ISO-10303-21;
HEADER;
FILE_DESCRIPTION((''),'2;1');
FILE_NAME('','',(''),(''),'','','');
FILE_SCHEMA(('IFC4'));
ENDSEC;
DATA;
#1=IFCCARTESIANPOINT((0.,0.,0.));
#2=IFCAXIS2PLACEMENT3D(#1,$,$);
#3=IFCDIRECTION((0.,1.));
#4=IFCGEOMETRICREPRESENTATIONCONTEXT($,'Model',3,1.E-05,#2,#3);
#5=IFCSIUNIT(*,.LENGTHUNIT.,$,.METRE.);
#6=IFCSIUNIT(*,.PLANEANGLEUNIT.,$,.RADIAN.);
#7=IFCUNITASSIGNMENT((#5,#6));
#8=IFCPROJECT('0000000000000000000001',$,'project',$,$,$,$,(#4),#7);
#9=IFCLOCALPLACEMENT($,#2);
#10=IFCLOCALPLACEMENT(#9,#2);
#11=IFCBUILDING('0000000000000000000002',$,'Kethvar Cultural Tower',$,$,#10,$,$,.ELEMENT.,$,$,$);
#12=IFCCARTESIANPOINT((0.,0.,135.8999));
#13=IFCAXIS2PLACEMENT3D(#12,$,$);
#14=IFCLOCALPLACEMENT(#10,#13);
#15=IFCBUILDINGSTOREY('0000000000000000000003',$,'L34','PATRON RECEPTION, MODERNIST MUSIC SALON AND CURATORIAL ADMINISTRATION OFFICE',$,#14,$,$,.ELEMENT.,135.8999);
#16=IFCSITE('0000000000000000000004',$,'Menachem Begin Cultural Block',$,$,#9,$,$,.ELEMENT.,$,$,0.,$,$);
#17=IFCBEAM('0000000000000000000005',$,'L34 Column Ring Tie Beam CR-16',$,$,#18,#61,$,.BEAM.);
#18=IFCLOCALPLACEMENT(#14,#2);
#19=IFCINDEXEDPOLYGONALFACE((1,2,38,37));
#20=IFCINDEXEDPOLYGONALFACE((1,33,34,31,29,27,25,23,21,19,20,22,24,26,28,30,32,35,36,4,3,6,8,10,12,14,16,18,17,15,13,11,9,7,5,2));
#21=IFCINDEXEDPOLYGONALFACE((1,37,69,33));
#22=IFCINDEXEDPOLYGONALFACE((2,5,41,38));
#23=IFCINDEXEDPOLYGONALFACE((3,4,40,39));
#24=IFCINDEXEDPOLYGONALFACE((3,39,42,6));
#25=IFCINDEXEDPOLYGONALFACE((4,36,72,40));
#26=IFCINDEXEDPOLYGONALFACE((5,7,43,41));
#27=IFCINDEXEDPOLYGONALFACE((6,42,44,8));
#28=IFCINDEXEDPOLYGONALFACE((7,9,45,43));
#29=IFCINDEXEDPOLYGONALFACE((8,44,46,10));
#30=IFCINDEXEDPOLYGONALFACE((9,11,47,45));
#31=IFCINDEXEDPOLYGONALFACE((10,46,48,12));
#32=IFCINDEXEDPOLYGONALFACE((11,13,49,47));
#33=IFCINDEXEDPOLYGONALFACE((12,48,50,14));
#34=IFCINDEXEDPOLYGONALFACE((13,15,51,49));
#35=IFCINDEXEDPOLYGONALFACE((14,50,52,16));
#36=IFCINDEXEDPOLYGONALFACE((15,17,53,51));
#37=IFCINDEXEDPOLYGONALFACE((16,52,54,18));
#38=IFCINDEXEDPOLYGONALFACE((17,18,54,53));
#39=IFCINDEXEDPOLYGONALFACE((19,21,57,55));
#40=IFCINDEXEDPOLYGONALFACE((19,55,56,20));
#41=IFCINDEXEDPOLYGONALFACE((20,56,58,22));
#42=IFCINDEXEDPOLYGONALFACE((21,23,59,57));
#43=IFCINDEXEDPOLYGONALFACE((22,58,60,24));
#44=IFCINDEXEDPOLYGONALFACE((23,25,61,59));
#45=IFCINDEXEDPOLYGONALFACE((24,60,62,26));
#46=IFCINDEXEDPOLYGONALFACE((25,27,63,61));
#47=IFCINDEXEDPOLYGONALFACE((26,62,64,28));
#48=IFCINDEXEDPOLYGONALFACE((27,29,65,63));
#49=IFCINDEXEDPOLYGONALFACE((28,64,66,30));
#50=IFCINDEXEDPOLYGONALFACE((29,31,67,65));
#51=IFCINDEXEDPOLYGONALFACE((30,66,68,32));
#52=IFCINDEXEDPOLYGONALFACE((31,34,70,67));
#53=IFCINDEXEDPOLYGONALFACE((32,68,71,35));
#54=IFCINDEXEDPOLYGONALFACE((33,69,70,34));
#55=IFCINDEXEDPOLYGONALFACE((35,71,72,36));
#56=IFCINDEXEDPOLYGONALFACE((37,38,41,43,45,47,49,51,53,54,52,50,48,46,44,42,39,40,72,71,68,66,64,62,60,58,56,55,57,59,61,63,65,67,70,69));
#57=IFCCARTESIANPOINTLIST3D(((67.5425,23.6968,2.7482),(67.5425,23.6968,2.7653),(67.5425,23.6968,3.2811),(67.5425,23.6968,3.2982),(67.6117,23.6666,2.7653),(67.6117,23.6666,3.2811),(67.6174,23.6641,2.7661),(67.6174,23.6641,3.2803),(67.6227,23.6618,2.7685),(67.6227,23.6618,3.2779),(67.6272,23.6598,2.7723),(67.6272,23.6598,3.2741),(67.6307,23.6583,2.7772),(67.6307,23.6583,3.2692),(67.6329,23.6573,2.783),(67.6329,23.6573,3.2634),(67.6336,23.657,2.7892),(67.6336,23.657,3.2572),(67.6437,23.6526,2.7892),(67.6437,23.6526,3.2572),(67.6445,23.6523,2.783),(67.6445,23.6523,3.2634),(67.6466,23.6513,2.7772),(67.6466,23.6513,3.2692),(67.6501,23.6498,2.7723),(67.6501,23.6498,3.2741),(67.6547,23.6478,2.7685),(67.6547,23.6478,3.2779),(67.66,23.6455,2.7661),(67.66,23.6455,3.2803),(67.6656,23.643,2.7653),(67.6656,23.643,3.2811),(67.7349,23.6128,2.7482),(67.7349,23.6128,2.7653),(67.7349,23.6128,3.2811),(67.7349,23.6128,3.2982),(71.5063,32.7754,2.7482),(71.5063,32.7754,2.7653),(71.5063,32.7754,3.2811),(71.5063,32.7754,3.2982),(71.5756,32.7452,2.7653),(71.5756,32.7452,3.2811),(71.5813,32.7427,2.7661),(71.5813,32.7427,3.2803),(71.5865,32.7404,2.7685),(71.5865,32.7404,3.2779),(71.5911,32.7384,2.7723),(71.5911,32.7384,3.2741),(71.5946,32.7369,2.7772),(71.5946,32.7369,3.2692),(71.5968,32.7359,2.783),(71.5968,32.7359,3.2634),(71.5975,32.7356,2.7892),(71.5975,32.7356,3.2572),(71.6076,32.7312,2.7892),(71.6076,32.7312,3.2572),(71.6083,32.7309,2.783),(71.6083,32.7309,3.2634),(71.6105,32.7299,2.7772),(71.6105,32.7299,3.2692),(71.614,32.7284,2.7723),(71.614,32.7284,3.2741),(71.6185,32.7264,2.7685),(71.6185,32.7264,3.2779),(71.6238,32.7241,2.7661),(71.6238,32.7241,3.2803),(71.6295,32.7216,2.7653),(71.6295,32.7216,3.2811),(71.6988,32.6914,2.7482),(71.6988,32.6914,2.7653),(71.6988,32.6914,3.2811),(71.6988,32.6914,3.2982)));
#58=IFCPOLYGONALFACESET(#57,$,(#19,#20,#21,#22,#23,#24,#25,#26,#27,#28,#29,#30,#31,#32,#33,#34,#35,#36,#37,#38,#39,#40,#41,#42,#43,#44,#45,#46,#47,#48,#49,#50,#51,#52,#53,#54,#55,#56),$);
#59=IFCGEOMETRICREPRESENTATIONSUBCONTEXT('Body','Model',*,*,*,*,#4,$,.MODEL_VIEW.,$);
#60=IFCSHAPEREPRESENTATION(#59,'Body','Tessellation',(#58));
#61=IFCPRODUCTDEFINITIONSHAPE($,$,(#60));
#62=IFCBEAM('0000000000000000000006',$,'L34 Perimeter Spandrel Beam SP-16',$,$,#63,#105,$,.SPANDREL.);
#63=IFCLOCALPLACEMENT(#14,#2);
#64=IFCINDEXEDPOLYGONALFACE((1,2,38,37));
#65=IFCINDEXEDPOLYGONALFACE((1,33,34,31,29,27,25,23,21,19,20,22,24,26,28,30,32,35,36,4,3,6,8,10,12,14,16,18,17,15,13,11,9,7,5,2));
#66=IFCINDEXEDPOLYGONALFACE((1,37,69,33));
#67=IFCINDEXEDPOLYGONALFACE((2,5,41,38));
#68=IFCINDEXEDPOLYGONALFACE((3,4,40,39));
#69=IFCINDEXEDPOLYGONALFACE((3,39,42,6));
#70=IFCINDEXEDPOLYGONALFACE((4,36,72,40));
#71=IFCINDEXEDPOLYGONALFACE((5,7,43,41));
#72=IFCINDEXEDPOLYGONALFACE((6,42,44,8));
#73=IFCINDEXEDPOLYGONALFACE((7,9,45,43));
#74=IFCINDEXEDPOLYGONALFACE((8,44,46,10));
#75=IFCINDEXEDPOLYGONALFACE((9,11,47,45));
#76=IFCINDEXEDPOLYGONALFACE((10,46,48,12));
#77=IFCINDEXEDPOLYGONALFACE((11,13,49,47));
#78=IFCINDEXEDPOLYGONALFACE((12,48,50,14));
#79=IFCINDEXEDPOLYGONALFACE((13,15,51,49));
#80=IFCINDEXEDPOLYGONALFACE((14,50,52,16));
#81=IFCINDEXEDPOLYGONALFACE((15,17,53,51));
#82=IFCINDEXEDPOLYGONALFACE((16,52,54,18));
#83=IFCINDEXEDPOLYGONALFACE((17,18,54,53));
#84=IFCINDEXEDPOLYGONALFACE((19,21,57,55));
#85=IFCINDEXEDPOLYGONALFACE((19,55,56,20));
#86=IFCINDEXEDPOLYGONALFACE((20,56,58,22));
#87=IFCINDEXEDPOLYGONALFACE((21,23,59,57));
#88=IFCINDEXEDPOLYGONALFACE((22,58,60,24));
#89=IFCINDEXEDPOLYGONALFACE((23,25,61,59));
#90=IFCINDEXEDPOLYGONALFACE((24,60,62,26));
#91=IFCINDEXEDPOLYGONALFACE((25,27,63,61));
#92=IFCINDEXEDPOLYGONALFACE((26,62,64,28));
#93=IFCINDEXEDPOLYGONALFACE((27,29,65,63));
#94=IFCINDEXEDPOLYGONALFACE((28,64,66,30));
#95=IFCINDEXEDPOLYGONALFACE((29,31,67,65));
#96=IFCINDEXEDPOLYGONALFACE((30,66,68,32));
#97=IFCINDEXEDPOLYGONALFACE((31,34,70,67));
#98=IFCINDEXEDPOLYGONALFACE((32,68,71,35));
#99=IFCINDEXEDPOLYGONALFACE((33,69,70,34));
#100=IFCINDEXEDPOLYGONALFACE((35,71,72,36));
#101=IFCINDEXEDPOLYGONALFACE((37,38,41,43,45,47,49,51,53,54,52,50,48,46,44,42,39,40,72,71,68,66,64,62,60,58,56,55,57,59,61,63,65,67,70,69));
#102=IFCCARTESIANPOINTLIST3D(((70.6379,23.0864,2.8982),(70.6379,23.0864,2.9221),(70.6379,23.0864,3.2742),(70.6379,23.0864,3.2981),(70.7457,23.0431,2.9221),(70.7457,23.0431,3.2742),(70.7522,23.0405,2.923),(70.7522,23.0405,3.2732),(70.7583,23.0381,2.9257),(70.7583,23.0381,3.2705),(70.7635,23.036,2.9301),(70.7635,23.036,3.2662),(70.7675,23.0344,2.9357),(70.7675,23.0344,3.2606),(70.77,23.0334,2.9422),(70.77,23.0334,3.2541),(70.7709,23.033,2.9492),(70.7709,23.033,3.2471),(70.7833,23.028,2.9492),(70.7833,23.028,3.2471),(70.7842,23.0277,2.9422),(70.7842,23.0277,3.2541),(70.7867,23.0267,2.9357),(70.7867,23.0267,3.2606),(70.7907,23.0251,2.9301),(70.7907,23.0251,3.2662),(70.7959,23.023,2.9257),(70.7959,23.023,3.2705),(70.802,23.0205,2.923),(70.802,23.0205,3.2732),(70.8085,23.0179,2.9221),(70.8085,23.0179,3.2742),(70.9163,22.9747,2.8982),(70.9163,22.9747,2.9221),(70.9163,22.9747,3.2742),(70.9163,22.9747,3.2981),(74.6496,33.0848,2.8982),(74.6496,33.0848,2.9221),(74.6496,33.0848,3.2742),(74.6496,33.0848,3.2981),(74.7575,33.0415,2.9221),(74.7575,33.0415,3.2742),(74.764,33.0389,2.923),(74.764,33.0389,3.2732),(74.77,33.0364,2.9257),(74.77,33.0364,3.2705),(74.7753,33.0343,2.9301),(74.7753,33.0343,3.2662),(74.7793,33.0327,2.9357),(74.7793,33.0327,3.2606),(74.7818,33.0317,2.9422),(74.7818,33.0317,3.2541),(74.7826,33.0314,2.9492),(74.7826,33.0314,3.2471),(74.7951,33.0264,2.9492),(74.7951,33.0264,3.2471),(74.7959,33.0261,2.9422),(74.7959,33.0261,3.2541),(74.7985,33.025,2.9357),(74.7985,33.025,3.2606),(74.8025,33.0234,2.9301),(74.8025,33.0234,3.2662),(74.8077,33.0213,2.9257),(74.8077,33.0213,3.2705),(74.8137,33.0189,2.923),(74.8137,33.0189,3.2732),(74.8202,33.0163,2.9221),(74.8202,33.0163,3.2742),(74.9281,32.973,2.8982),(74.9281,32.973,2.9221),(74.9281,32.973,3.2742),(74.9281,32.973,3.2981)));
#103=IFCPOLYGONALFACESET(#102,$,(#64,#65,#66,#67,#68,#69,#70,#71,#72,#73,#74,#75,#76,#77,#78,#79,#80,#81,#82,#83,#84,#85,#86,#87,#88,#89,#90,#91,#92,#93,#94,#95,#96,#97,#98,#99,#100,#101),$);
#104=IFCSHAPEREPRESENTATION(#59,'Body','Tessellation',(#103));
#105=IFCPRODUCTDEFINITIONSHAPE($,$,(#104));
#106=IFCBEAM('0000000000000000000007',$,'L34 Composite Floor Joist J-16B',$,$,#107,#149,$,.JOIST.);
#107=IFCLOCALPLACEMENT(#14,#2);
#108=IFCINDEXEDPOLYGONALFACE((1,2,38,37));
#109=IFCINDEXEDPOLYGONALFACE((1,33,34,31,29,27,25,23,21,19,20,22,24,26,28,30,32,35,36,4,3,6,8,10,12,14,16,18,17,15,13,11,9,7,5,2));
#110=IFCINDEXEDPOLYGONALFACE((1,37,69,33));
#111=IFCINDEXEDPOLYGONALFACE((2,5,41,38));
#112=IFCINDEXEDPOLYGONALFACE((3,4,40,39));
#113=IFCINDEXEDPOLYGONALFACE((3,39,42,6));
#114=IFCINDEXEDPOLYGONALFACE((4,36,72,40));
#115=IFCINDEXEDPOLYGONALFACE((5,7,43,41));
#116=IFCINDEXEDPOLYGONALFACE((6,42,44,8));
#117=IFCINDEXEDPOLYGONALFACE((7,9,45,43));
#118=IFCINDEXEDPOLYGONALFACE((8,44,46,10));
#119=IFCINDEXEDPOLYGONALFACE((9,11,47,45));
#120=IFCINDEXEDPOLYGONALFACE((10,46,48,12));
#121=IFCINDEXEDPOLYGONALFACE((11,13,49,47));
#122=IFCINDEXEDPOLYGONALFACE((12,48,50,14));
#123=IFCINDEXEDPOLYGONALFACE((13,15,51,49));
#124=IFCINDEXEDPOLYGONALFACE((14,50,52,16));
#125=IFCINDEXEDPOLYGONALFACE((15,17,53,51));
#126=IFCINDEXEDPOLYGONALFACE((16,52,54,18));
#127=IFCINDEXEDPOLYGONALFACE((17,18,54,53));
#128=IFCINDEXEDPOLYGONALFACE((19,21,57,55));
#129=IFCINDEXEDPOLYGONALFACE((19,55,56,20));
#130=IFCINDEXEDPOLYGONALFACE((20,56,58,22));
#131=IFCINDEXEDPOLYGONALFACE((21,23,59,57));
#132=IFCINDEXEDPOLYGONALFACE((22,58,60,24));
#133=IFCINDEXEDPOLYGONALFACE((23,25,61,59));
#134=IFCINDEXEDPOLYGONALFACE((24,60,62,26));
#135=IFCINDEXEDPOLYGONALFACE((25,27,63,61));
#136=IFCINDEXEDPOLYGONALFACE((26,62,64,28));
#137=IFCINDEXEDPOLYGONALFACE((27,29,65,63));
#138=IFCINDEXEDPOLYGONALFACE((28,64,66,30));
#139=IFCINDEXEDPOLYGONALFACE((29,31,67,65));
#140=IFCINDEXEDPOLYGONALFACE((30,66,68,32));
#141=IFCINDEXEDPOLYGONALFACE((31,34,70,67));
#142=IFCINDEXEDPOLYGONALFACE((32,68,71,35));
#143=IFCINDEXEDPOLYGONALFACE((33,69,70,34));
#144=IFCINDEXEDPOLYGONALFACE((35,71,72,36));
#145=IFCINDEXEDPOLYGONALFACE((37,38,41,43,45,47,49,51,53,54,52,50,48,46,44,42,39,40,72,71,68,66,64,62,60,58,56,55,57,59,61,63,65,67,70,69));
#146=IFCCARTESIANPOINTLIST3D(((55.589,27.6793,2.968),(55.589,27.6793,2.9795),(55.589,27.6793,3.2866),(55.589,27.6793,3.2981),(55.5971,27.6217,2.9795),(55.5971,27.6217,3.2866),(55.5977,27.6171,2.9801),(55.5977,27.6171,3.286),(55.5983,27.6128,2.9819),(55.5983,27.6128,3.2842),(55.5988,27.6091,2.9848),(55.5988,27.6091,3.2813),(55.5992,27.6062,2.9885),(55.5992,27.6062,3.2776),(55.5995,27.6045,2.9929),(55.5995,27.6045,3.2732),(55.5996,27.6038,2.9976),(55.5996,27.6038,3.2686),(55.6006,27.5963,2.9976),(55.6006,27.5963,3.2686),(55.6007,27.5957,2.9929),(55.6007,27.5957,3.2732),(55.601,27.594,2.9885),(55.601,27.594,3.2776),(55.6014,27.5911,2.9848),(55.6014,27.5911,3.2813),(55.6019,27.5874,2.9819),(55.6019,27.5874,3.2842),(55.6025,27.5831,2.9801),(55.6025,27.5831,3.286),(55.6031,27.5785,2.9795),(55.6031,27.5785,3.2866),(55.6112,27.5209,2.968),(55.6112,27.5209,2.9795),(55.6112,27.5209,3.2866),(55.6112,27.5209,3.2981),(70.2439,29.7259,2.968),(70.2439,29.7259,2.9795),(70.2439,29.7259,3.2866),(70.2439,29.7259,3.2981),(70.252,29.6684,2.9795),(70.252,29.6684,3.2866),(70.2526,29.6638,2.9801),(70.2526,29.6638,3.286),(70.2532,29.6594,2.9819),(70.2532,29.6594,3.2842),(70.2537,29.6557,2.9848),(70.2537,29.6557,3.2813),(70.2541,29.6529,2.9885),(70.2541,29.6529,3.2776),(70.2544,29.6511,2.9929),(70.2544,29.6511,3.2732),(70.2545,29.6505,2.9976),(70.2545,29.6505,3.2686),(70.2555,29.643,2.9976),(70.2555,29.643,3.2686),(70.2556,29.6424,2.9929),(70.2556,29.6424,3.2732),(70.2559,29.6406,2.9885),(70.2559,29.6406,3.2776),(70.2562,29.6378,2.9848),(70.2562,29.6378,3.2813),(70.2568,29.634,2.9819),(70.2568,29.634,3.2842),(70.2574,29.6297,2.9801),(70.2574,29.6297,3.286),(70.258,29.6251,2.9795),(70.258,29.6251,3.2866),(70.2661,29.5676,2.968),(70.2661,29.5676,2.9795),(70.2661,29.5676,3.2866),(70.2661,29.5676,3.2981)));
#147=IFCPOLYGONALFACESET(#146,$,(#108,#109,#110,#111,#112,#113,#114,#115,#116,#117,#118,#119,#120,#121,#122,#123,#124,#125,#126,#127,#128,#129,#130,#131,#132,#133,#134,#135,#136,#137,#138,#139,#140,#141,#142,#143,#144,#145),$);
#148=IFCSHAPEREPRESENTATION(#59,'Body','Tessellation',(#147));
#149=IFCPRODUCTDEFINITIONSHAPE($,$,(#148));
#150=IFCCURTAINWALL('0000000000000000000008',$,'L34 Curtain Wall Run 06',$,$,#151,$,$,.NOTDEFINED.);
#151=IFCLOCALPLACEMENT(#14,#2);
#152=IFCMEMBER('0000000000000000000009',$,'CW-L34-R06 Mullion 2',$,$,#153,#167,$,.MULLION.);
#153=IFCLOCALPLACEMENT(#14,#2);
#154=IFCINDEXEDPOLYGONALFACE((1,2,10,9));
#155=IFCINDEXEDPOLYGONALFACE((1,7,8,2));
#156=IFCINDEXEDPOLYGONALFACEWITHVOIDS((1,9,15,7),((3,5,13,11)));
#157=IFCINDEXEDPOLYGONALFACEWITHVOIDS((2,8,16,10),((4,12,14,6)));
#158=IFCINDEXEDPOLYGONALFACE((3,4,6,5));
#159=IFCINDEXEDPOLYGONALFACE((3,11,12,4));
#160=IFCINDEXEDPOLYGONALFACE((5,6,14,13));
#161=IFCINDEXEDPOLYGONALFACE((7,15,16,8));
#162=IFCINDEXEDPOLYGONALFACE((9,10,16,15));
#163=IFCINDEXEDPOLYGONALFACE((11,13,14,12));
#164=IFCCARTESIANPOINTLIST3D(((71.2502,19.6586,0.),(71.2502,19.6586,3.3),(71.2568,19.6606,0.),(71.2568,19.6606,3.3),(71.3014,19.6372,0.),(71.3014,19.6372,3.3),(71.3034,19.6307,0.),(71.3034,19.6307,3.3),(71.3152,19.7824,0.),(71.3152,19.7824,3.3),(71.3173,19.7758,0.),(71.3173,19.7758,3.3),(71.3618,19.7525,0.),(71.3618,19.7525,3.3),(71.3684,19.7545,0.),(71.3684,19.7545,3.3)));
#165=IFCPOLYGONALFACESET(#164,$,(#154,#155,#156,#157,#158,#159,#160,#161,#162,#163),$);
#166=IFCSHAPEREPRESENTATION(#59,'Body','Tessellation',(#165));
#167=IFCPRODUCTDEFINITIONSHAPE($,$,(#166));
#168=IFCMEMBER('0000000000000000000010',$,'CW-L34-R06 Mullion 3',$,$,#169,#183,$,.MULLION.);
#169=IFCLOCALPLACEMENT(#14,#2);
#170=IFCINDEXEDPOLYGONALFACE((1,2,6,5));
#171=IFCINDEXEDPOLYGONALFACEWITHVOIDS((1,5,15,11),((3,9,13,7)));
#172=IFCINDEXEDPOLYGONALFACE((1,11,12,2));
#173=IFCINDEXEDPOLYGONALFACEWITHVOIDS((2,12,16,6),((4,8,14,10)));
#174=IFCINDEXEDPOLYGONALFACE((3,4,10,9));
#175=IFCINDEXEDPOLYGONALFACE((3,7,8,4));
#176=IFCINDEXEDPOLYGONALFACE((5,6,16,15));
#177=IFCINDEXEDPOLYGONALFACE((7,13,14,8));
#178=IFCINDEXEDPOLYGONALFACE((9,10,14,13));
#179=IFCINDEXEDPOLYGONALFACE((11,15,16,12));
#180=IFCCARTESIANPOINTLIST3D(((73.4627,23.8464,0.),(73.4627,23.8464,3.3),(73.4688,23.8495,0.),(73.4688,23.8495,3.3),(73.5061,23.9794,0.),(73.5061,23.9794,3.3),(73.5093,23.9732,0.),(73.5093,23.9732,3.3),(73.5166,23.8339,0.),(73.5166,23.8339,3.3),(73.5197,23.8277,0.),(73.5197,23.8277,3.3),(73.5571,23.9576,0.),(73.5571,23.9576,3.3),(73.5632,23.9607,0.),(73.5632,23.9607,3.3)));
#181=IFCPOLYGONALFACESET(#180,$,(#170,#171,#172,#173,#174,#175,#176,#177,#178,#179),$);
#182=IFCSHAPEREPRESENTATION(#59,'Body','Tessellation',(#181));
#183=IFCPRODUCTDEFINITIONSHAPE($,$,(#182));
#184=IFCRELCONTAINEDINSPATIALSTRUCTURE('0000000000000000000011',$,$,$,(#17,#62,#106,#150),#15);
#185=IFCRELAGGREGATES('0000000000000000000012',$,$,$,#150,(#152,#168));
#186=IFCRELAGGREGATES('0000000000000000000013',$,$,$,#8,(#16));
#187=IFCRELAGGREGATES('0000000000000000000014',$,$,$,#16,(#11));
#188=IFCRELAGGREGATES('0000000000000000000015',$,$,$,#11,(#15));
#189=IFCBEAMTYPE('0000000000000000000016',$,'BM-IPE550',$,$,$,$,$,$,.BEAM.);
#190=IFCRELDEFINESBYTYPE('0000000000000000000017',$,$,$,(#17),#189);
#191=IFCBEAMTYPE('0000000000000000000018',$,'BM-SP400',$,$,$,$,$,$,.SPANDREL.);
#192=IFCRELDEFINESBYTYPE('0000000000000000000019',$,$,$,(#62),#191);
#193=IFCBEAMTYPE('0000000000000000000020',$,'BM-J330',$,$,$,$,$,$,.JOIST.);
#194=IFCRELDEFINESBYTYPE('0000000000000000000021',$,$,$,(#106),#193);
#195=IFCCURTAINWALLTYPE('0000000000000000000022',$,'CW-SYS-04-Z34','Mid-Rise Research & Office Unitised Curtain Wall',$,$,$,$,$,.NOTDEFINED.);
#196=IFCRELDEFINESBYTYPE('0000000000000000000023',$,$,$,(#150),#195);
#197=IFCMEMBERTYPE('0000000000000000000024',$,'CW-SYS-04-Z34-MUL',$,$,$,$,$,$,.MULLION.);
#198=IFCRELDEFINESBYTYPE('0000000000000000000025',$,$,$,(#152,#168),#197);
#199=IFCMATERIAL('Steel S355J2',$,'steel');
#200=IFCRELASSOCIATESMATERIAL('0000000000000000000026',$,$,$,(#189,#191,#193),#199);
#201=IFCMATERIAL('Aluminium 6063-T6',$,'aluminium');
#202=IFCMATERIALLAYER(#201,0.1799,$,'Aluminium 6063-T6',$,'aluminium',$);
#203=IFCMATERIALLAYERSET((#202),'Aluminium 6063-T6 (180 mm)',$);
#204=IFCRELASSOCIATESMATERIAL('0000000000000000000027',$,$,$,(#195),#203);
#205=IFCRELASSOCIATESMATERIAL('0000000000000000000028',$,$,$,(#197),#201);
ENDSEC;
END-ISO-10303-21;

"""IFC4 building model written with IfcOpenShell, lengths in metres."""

from ifc_helpers import new_model, si_unit, direction, frame, origin, origin_2d, place, context, subcontext, project, spatial, hollow_rectangle, i_section, extrude, source, transform, mapped, material, layer, layer_set, material_profile, profile_set, type_object, element, aggregate, save


model = new_model("IFC4")

# Units and contexts
model_context = context("Model", 3, precision=1e-05, world=origin(), true_north=direction((0.0, 1.0)))
body_context = subcontext(model_context, "Body", "Model", "MODEL_VIEW")
ifc_project = project(units=[si_unit("LENGTHUNIT", "METRE"), si_unit("PLANEANGLEUNIT", "RADIAN")], contexts=[model_context])

# Site, building, storey
site_placement = place(None, origin())
site = spatial("IfcSite", under=ifc_project, at=site_placement, Name="Menachem Begin Cultural Block", CompositionType="ELEMENT", RefElevation=0.0)
building_placement = place(site_placement, origin())
building = spatial("IfcBuilding", under=site, at=building_placement, Name="Kethvar Cultural Tower", CompositionType="ELEMENT")
storey_placement = place(building_placement, frame((0.0, 0.0, 135.8999)))
storey = spatial("IfcBuildingStorey", under=building, at=storey_placement, Name="L34", Description="PATRON RECEPTION, MODERNIST MUSIC SALON AND CURATORIAL ADMINISTRATION OFFICE", CompositionType="ELEMENT", Elevation=135.8999)

# Beams
ifc_material_1 = material(Name="Steel S355J2", Category="steel")
ifc_material_profile_1 = material_profile(ifc_material_1, i_section(OverallWidth=0.21, OverallDepth=0.55, WebThickness=0.011, FlangeThickness=0.0171, FilletRadius=0.0239, at=origin_2d()), Name="Steel S355J2 — IPE550")
ifc_profile_set_1 = profile_set([ifc_material_profile_1], Name="Steel S355J2 — IPE550")
beam_type_1 = type_object("IfcBeamType", Name="BM-IPE550", PredefinedType="BEAM", material=ifc_profile_set_1)
shared_shape_1 = source(origin(), body_context, "Body", "SweptSolid", [
    extrude(i_section(OverallWidth=0.21, OverallDepth=0.55, WebThickness=0.011, FlangeThickness=0.0171, FilletRadius=0.0239, at=origin_2d()), origin(), (0.0, 0.0, 1.0), 9.9062),
])
beam_1_placement = place(storey_placement, frame((67.6387, 23.6548, 3.0232), z_axis=(0.400139, 0.916455, 0.0), x_axis=(-0.916455, 0.400139, 0.0)))
element("IfcBeam", 1, at=beam_1_placement, inside=storey, type_object=beam_type_1, Name="L34 Column Ring Tie Beam CR-16", PredefinedType="BEAM", context=body_context, shape_type="MappedRepresentation", body=[
    mapped(shared_shape_1, transform((0.0, 0.0, 0.0), scale=1.0)),
])
ifc_material_profile_2 = material_profile(ifc_material_1, i_section(OverallWidth=0.3, OverallDepth=0.3999, WebThickness=0.0134, FlangeThickness=0.0239, FilletRadius=0.0271, at=origin_2d()), Name="Steel S355J2 — HEB400")
ifc_profile_set_2 = profile_set([ifc_material_profile_2], Name="Steel S355J2 — HEB400")
beam_type_2 = type_object("IfcBeamType", Name="BM-SP400", PredefinedType="SPANDREL", material=ifc_profile_set_2)
shared_shape_2 = source(origin(), body_context, "Body", "SweptSolid", [
    extrude(i_section(OverallWidth=0.3, OverallDepth=0.3999, WebThickness=0.0134, FlangeThickness=0.0239, FilletRadius=0.0271, at=origin_2d()), origin(), (0.0, 0.0, 1.0), 10.7732),
])
beam_2_placement = place(storey_placement, frame((70.7771, 23.0305, 3.0981), z_axis=(0.372383, 0.928079, 0.0), x_axis=(-0.928079, 0.372383, 0.0)))
element("IfcBeam", 2, at=beam_2_placement, inside=storey, type_object=beam_type_2, Name="L34 Perimeter Spandrel Beam SP-16", PredefinedType="SPANDREL", context=body_context, shape_type="MappedRepresentation", body=[
    mapped(shared_shape_2, transform((0.0, 0.0, 0.0), scale=1.0)),
])
ifc_material_profile_3 = material_profile(ifc_material_1, i_section(OverallWidth=0.1599, OverallDepth=0.3301, WebThickness=0.0076, FlangeThickness=0.0115, FilletRadius=0.0181, at=origin_2d()), Name="Steel S355J2 — IPE330")
ifc_profile_set_3 = profile_set([ifc_material_profile_3], Name="Steel S355J2 — IPE330")
beam_type_3 = type_object("IfcBeamType", Name="BM-J330", PredefinedType="JOIST", material=ifc_profile_set_3)
shared_shape_3 = source(origin(), body_context, "Body", "SweptSolid", [
    extrude(i_section(OverallWidth=0.1599, OverallDepth=0.3301, WebThickness=0.0076, FlangeThickness=0.0115, FilletRadius=0.0181, at=origin_2d()), origin(), (0.0, 0.0, 1.0), 14.7971),
])
beam_3_placement = place(storey_placement, frame((55.6001, 27.6001, 3.1331), z_axis=(0.990388, 0.138314, 0.0), x_axis=(-0.138314, 0.990388, 0.0)))
element("IfcBeam", 3, at=beam_3_placement, inside=storey, type_object=beam_type_3, Name="L34 Composite Floor Joist J-16B", PredefinedType="JOIST", context=body_context, shape_type="MappedRepresentation", body=[
    mapped(shared_shape_3, transform((0.0, 0.0, 0.0), scale=1.0)),
])

# Curtain wall, members
ifc_material_2 = material(Name="Aluminium 6063-T6", Category="aluminium")
ifc_layer_1 = layer(ifc_material_2, 0.1799, Name="Aluminium 6063-T6", Category="aluminium")
ifc_layer_set_1 = layer_set([ifc_layer_1], Name="Aluminium 6063-T6 (180 mm)")
curtain_wall_type = type_object("IfcCurtainWallType", Name="CW-SYS-04-Z34", Description="Mid-Rise Research & Office Unitised Curtain Wall", PredefinedType="NOTDEFINED", material=ifc_layer_set_1)
curtain_wall_placement = place(storey_placement, origin())
curtain_wall = element("IfcCurtainWall", 4, at=curtain_wall_placement, inside=storey, type_object=curtain_wall_type, Name="L34 Curtain Wall Run 06", PredefinedType="NOTDEFINED")
ifc_material_profile_4 = material_profile(ifc_material_2, hollow_rectangle(XDim=0.0601, YDim=0.1399, WallThickness=0.0049, at=origin_2d()), Name="Aluminium 6063-T6 — RHS140x60x5")
ifc_profile_set_4 = profile_set([ifc_material_profile_4], Name="Aluminium 6063-T6 — RHS140x60x5")
member_type_1 = type_object("IfcMemberType", Name="CW-SYS-04-Z34-MUL", PredefinedType="MULLION", material=ifc_profile_set_4)
shared_shape_4 = source(origin(), body_context, "Body", "SweptSolid", [
    extrude(hollow_rectangle(XDim=0.0601, YDim=0.1399, WallThickness=0.0049, at=origin_2d()), origin(), (0.0, 0.0, 1.0), 3.3),
])
member_1_placement = place(storey_placement, frame((71.3093, 19.7065, 0.0), z_axis=(0.0, 0.0, 1.0), x_axis=(-0.885523, 0.464595, 0.0)))
member_1 = element("IfcMember", 5, at=member_1_placement, type_object=member_type_1, Name="CW-L34-R06 Mullion 2", PredefinedType="MULLION", context=body_context, shape_type="MappedRepresentation", body=[
    mapped(shared_shape_4, transform((0.0, 0.0, 0.0), scale=1.0)),
])
member_2_placement = place(storey_placement, frame((73.5129, 23.9036, 0.0), z_axis=(0.0, 0.0, 1.0), x_axis=(-0.95044, 0.310909, 0.0)))
member_2 = element("IfcMember", 6, at=member_2_placement, type_object=member_type_1, Name="CW-L34-R06 Mullion 3", PredefinedType="MULLION", context=body_context, shape_type="MappedRepresentation", body=[
    mapped(shared_shape_4, transform((0.0, 0.0, 0.0), scale=1.0)),
])
aggregate(curtain_wall, [member_1, member_2])

save(model, "model.ifc")
